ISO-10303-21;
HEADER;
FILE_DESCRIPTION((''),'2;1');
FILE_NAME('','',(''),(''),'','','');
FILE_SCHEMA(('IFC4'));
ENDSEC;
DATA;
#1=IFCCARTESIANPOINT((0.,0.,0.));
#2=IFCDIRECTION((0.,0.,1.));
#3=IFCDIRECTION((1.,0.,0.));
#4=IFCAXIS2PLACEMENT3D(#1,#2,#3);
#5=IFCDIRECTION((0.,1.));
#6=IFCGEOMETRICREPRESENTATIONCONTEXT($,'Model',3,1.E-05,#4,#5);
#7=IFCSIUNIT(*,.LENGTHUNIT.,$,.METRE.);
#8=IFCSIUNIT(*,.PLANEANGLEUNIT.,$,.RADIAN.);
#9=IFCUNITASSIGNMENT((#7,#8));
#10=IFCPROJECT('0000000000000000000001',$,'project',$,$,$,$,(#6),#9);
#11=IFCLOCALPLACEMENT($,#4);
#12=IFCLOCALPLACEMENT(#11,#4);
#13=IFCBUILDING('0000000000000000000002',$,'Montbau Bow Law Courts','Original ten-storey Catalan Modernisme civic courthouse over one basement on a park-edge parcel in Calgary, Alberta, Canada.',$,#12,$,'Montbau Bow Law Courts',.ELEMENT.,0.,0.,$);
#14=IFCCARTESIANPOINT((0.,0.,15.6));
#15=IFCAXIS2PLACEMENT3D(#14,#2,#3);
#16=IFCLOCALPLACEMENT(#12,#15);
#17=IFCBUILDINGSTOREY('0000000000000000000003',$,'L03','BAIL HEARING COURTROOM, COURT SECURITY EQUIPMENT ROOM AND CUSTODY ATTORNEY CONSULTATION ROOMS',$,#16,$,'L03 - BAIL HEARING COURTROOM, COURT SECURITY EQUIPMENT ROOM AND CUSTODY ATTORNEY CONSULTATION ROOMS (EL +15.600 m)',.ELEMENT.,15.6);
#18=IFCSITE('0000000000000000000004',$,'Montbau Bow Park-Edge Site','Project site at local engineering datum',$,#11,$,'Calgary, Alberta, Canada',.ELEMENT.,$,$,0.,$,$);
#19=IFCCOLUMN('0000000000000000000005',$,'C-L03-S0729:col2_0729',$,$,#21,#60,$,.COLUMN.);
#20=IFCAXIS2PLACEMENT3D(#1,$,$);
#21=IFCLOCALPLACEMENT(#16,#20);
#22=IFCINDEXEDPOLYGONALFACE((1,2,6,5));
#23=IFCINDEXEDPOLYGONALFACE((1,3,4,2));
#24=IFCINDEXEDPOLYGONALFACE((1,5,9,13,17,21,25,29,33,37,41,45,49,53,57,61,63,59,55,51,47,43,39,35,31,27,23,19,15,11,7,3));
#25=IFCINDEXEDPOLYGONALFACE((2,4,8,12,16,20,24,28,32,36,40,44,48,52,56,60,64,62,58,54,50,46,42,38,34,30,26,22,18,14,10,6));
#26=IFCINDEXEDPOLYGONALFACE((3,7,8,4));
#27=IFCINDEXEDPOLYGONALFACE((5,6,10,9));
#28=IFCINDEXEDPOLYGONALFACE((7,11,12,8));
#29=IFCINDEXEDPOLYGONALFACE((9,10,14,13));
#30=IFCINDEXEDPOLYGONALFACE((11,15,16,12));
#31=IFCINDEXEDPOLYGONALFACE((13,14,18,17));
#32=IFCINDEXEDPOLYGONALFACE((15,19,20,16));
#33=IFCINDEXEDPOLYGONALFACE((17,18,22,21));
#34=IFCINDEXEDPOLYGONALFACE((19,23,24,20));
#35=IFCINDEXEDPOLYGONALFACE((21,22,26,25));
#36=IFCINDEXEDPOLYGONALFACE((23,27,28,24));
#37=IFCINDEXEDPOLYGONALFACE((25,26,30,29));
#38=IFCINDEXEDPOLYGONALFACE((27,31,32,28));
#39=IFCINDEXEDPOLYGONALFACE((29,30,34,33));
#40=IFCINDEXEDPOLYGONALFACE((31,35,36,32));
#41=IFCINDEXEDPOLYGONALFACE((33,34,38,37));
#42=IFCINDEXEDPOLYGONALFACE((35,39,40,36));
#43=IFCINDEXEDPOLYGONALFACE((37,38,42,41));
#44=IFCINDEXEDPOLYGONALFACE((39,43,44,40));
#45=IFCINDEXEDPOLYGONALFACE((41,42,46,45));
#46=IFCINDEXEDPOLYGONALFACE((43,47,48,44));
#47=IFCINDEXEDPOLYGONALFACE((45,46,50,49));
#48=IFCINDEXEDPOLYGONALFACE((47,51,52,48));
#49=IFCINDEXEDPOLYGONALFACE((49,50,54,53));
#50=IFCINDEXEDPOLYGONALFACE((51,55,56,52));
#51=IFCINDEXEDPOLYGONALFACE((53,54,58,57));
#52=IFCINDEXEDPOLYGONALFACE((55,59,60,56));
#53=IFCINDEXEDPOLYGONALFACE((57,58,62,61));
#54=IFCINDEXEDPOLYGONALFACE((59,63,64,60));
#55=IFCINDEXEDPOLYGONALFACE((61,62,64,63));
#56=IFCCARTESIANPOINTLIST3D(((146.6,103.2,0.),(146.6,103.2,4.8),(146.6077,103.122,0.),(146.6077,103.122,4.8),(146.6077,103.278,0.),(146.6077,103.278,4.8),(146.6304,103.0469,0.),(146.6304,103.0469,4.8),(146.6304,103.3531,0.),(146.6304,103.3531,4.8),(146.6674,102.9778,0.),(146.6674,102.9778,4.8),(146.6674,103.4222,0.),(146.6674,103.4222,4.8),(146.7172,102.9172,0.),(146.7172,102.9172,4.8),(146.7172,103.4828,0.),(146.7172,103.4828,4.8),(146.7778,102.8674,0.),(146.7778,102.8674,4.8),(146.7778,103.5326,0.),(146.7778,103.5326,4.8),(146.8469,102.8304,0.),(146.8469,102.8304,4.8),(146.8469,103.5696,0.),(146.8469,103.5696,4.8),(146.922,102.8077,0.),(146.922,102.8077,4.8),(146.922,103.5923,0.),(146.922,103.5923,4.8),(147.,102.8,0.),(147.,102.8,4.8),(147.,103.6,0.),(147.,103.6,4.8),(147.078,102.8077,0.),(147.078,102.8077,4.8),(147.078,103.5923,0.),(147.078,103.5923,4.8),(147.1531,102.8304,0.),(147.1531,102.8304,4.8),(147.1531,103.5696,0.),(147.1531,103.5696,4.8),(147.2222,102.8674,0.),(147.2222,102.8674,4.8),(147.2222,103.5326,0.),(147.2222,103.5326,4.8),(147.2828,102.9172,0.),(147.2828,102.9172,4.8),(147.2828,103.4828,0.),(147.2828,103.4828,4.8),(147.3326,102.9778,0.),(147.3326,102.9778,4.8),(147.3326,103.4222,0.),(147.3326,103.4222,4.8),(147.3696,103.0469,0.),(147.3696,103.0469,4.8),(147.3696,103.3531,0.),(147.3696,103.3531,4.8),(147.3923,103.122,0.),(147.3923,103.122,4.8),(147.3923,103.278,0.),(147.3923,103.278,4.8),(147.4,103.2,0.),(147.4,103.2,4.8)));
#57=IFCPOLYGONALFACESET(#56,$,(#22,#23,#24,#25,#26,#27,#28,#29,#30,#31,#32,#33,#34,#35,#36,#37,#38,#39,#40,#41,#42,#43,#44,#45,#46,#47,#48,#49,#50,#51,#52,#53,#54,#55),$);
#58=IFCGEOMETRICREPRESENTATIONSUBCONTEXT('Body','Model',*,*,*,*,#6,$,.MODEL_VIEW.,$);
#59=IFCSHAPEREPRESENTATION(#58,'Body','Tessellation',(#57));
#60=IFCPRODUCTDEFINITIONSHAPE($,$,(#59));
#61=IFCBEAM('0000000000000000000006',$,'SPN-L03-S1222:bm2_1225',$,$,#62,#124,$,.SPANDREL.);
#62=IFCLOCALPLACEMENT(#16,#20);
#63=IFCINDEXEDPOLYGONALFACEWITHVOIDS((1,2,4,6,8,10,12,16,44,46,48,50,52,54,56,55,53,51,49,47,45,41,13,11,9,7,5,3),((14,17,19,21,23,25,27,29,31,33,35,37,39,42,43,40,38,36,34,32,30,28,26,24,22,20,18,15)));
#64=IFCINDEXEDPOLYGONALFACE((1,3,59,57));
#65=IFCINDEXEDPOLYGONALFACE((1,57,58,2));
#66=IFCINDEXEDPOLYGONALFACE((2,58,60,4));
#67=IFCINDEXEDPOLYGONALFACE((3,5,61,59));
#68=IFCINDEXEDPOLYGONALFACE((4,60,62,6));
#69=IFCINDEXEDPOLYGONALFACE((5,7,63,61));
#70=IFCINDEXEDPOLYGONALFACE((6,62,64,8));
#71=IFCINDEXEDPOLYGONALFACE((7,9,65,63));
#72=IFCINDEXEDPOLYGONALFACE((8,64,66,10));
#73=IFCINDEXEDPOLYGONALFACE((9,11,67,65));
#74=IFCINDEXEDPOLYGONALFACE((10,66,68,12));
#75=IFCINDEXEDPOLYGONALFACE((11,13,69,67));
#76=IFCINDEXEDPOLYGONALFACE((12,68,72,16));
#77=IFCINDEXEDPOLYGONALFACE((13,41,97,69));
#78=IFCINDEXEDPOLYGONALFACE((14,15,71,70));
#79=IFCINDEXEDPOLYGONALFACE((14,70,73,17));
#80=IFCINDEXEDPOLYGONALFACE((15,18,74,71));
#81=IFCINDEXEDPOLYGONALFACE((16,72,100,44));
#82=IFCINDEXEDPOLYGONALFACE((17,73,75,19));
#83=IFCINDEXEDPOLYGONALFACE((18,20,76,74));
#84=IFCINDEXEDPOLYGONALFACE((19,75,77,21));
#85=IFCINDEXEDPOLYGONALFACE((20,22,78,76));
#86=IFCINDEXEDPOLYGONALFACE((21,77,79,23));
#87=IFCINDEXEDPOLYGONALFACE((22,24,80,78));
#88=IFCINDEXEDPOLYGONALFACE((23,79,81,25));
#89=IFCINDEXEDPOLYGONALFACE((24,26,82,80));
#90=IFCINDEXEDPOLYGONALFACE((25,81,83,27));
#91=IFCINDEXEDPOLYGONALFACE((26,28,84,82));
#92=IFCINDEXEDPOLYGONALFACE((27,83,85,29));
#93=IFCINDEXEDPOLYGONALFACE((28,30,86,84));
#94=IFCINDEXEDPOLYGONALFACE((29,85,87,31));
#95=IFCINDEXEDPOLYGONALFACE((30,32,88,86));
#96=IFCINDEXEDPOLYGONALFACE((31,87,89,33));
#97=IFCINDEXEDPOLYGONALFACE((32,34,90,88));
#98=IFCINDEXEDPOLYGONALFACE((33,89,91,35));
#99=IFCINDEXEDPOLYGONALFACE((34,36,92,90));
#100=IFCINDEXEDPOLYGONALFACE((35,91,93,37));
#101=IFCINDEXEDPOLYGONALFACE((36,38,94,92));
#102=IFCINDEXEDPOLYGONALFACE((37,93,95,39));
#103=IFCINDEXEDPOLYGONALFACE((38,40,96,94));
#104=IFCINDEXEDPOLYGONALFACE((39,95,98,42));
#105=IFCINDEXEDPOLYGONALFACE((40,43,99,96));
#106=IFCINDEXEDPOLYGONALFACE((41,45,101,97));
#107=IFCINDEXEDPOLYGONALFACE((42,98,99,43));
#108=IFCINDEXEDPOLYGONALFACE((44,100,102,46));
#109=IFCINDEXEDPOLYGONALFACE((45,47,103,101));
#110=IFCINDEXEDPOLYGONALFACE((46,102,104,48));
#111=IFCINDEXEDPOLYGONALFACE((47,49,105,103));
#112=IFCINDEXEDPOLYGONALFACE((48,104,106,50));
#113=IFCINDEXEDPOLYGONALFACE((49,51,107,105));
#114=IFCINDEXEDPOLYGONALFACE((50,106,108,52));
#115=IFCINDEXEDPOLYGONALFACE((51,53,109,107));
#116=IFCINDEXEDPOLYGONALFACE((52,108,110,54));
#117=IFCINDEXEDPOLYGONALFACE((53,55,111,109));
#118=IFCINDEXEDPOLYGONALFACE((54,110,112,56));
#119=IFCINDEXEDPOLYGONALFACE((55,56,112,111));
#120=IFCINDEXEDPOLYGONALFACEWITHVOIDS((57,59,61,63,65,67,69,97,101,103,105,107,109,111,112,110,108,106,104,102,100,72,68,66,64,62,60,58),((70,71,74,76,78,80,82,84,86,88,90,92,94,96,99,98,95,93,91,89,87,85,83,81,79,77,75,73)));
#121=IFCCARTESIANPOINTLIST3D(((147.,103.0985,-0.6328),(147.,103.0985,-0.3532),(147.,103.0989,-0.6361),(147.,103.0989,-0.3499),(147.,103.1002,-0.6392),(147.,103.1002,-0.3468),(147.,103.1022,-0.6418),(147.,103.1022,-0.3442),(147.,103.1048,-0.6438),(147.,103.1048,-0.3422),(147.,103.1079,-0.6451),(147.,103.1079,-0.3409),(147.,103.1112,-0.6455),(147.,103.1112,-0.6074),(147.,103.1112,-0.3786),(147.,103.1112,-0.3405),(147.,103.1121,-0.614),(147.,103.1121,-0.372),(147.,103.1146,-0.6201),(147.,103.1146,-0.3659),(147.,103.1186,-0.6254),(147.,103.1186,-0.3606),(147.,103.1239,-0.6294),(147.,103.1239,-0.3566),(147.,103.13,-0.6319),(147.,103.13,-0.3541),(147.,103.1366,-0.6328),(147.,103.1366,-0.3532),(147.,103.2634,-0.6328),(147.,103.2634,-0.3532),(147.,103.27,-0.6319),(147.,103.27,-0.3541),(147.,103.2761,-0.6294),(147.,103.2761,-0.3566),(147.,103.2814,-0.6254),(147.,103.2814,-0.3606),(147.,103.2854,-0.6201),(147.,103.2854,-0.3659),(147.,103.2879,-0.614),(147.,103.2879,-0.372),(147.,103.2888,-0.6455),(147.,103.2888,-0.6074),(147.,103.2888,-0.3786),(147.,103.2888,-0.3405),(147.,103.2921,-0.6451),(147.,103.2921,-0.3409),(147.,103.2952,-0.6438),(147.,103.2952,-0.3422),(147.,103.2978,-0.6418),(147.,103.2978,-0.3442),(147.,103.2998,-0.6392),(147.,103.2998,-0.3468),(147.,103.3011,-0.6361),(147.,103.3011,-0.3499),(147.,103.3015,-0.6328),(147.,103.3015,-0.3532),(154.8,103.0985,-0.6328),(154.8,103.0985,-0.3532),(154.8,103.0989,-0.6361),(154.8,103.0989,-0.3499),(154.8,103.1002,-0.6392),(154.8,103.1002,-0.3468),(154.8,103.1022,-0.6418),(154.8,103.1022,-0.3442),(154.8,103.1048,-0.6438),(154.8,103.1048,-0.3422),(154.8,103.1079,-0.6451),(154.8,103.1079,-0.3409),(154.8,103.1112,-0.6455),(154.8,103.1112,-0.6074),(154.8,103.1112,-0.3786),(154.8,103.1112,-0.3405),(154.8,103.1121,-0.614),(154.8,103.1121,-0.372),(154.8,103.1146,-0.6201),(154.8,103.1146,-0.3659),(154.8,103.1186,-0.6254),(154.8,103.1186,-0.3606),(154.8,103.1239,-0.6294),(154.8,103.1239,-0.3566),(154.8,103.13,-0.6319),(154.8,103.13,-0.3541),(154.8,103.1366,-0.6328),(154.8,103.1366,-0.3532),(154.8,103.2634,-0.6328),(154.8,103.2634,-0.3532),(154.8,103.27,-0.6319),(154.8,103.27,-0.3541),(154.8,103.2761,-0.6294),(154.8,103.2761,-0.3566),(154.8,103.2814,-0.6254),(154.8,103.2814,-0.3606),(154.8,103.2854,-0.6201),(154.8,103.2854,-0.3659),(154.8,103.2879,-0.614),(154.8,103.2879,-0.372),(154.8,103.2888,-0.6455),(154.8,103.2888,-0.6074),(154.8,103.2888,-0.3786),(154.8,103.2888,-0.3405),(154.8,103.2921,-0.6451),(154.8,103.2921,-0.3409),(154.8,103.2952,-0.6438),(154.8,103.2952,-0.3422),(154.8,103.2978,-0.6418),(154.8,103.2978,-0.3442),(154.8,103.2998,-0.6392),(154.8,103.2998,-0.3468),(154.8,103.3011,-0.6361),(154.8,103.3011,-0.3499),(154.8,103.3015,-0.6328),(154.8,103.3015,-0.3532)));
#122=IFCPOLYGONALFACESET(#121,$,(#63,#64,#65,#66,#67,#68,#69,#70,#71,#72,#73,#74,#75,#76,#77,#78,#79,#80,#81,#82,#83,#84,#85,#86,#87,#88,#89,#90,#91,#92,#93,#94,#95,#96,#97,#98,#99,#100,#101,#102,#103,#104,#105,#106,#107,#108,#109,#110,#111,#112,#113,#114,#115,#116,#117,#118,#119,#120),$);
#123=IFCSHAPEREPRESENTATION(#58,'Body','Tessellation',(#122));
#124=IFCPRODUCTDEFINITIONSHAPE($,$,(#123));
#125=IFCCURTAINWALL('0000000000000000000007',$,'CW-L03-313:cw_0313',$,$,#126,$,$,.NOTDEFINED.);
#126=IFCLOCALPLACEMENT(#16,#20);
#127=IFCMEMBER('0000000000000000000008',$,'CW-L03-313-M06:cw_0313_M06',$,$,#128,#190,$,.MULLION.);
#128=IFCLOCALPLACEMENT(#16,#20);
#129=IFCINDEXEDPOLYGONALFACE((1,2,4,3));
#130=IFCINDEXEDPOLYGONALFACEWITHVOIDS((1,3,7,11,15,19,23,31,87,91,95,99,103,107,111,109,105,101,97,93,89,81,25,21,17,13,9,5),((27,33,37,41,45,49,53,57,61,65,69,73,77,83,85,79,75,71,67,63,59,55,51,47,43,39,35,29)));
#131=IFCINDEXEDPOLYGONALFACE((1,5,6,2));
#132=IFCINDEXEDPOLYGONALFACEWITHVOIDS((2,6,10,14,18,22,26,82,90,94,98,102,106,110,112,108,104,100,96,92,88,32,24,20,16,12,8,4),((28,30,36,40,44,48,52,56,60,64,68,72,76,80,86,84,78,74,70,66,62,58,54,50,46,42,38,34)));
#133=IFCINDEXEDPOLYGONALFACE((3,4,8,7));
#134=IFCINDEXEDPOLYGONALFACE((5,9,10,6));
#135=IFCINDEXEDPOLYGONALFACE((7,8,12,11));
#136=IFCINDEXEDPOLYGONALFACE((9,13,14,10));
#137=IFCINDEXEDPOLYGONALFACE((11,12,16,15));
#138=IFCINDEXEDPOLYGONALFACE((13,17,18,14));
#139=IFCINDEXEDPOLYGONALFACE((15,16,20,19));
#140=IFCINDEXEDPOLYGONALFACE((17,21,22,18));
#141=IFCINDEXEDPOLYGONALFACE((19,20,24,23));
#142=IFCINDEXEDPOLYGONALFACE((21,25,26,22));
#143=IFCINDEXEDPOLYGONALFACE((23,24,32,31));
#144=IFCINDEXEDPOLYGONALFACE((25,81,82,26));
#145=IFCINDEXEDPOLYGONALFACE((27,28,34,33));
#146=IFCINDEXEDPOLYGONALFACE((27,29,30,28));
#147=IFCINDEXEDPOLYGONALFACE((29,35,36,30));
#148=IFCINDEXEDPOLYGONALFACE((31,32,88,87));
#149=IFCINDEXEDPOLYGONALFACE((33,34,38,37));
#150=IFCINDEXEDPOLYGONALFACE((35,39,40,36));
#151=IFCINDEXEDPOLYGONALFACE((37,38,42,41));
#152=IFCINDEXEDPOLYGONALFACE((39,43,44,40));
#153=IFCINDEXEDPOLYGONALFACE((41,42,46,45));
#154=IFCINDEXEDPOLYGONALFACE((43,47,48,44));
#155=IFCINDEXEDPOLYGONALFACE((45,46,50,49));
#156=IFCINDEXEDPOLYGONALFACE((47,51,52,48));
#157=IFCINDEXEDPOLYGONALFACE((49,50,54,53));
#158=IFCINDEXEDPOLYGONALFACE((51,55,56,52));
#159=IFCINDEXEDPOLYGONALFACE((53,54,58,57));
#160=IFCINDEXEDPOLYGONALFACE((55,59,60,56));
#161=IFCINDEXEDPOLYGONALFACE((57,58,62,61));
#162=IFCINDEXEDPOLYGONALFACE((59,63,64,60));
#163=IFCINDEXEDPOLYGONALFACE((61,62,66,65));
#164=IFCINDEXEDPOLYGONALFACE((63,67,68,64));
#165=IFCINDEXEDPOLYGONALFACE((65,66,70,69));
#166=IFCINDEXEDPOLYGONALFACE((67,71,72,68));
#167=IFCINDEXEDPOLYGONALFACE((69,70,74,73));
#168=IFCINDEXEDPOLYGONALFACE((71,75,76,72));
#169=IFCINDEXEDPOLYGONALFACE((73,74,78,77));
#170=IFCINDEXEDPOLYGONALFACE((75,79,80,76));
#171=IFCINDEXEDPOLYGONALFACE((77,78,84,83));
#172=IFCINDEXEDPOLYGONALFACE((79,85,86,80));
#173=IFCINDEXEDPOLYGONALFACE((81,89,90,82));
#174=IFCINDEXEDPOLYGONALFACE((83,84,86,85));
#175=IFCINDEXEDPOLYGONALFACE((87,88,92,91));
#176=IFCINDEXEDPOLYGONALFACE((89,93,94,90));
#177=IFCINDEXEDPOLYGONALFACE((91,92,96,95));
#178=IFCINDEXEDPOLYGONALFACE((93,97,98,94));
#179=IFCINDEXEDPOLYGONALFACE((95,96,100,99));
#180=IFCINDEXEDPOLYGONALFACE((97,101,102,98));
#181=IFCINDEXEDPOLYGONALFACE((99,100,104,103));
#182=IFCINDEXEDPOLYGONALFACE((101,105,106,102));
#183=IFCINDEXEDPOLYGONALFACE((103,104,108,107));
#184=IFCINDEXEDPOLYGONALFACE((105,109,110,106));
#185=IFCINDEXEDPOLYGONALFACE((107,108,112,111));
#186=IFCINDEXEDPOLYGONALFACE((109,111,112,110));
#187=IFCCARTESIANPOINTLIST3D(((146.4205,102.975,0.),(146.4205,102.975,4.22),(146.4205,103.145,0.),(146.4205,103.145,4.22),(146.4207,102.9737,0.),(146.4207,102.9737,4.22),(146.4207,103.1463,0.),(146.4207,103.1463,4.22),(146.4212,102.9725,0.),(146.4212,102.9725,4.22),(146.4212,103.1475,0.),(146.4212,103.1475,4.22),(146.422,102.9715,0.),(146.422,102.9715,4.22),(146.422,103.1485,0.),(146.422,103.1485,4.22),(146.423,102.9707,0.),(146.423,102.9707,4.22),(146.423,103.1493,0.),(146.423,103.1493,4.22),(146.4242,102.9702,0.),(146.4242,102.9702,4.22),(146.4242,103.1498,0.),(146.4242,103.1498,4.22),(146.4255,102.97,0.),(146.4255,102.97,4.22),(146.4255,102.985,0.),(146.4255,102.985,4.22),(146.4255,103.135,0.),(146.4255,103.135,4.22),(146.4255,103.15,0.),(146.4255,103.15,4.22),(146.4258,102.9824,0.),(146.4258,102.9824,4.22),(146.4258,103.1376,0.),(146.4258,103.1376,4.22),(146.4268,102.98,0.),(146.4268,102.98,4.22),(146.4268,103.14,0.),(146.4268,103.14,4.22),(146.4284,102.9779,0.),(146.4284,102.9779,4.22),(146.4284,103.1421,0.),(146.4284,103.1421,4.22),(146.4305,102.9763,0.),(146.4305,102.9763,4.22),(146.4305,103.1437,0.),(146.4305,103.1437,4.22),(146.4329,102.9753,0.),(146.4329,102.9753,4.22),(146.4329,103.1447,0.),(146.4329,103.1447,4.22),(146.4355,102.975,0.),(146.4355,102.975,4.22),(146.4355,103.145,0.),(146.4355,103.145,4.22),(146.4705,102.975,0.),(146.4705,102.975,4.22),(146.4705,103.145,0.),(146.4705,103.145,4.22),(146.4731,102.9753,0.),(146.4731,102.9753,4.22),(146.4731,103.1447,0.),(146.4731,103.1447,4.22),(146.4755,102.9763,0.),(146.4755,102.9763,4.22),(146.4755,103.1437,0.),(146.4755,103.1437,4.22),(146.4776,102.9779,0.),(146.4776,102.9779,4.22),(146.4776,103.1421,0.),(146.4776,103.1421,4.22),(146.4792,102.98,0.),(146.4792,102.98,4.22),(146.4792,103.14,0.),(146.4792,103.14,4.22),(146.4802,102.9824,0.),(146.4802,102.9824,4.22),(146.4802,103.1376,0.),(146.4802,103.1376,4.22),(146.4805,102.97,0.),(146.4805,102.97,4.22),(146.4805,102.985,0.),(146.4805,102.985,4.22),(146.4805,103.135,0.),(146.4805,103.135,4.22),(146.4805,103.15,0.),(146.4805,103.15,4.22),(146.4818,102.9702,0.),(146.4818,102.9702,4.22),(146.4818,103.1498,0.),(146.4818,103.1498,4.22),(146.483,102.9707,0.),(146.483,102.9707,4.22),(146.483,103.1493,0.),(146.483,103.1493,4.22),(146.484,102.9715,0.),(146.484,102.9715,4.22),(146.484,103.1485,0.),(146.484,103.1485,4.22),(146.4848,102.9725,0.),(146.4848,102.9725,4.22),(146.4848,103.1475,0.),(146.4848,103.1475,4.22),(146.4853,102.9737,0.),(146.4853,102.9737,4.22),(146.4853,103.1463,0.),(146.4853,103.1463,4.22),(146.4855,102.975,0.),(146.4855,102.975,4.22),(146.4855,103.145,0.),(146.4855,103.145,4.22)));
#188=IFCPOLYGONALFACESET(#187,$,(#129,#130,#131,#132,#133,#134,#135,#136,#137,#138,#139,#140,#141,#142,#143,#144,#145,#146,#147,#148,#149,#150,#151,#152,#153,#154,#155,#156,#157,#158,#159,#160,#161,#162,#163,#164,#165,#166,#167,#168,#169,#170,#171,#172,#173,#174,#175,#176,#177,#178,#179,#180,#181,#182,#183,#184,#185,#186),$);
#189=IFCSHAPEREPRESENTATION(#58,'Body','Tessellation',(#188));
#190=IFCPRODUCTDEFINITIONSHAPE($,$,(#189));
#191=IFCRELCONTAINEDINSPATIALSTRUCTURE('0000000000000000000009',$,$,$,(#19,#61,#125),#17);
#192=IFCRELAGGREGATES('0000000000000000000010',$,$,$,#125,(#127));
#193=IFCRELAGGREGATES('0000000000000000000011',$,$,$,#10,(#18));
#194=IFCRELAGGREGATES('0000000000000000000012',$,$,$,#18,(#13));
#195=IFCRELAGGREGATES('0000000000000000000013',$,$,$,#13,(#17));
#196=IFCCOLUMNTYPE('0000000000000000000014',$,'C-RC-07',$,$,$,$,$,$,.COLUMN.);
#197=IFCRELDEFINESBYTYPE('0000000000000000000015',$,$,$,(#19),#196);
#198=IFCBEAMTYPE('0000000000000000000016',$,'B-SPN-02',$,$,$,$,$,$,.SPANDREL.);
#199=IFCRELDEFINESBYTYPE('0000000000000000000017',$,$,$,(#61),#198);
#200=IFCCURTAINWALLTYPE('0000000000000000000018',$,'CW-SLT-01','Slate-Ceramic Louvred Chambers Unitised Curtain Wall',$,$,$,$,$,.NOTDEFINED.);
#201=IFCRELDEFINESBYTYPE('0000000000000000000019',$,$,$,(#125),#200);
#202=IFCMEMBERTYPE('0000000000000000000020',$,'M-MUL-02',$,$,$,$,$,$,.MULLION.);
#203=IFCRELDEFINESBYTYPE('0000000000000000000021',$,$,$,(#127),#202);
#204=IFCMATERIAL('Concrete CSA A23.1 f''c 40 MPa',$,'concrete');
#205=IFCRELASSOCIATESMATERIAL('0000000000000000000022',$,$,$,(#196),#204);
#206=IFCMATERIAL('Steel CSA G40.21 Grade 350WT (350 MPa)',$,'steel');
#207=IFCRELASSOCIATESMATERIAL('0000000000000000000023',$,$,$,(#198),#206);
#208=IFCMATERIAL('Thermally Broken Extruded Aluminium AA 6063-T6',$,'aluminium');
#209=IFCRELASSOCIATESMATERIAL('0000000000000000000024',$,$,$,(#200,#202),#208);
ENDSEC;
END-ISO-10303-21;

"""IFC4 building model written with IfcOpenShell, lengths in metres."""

from ifc_helpers import new_model, si_unit, direction, frame, origin_with_axes, origin_2d_with_axis, place, context, subcontext, project, spatial, hollow_rectangle, circle, extrude, material, material_profile, profile_set, type_object, element, aggregate, save


model = new_model("IFC4")

# Units and contexts
model_context = context("Model", 3, precision=1e-05, world=origin_with_axes(), true_north=direction((0.0, 1.0)))
body_context = subcontext(model_context, "Body", "Model", "MODEL_VIEW")
ifc_project = project(units=[si_unit("LENGTHUNIT", "METRE"), si_unit("PLANEANGLEUNIT", "RADIAN")], contexts=[model_context])

# Site, building, storey
site_placement = place(None, origin_with_axes())
site = spatial("IfcSite", under=ifc_project, at=site_placement, Name="Montbau Bow Park-Edge Site", Description="Project site at local engineering datum", LongName="Calgary, Alberta, Canada", CompositionType="ELEMENT", RefElevation=0.0)
building_placement = place(site_placement, origin_with_axes())
building = spatial("IfcBuilding", under=site, at=building_placement, Name="Montbau Bow Law Courts", Description="Original ten-storey Catalan Modernisme civic courthouse over one basement on a park-edge parcel in Calgary, Alberta, Canada.", LongName="Montbau Bow Law Courts", CompositionType="ELEMENT", ElevationOfRefHeight=0.0, ElevationOfTerrain=0.0)
storey_placement = place(building_placement, frame((0.0, 0.0, 15.6), z_axis=(0.0, 0.0, 1.0), x_axis=(1.0, 0.0, 0.0)))
storey = spatial("IfcBuildingStorey", under=building, at=storey_placement, Name="L03", Description="BAIL HEARING COURTROOM, COURT SECURITY EQUIPMENT ROOM AND CUSTODY ATTORNEY CONSULTATION ROOMS", LongName="L03 - BAIL HEARING COURTROOM, COURT SECURITY EQUIPMENT ROOM AND CUSTODY ATTORNEY CONSULTATION ROOMS (EL +15.600 m)", CompositionType="ELEMENT", Elevation=15.6)

# Column
ifc_material_1 = material(Name="Concrete CSA A23.1 f'c 40 MPa", Category="concrete")
ifc_material_profile_1 = material_profile(ifc_material_1, circle(Radius=0.4, at=origin_2d_with_axis()), Name="RC800D", Category="Main", Priority=0)
ifc_profile_set_1 = profile_set([ifc_material_profile_1], Name="Concrete CSA A23.1 f'c 40 MPa")
column_type = type_object("IfcColumnType", Name="C-RC-07", PredefinedType="COLUMN", material=ifc_profile_set_1)
column_placement = place(None, frame((147.0, 103.2, 15.6), z_axis=(0.0, 0.0, 1.0), x_axis=(1.0, 0.0, 0.0)))
element("IfcColumn", 1, at=column_placement, inside=storey, type_object=column_type, Name="C-L03-S0729:col2_0729", PredefinedType="COLUMN", context=body_context, shape_type="SweptSolid", body=[
    extrude(circle(Radius=0.4, at=origin_2d_with_axis()), origin_with_axes(), (0.0, 0.0, 1.0), 4.8),
])

# Beam
ifc_material_2 = material(Name="Steel CSA G40.21 Grade 350WT (350 MPa)", Category="steel")
ifc_material_profile_2 = material_profile(ifc_material_2, hollow_rectangle(XDim=0.203, YDim=0.305, WallThickness=0.0127, InnerFilletRadius=0.0254, OuterFilletRadius=0.0127, at=origin_2d_with_axis()), Name="HSS305X203X13", Category="Main", Priority=0)
ifc_profile_set_2 = profile_set([ifc_material_profile_2], Name="Steel CSA G40.21 Grade 350WT (350 MPa)")
beam_type = type_object("IfcBeamType", Name="B-SPN-02", PredefinedType="SPANDREL", material=ifc_profile_set_2)
beam_placement = place(None, frame((147.0, 103.2, 15.107), z_axis=(1.0, 0.0, 0.0), x_axis=(0.0, 1.0, 0.0)))
element("IfcBeam", 2, at=beam_placement, inside=storey, type_object=beam_type, Name="SPN-L03-S1222:bm2_1225", PredefinedType="SPANDREL", context=body_context, shape_type="SweptSolid", body=[
    extrude(hollow_rectangle(XDim=0.203, YDim=0.305, WallThickness=0.0127, InnerFilletRadius=0.0254, OuterFilletRadius=0.0127, at=origin_2d_with_axis()), origin_with_axes(), (0.0, 0.0, 1.0), 7.8),
])

# Curtain wall, member
ifc_material_3 = material(Name="Thermally Broken Extruded Aluminium AA 6063-T6", Category="aluminium")
curtain_wall_type = type_object("IfcCurtainWallType", Name="CW-SLT-01", Description="Slate-Ceramic Louvred Chambers Unitised Curtain Wall", PredefinedType="NOTDEFINED", material=ifc_material_3)
curtain_wall_placement = place(None, frame((139.115, 103.06, 15.6), z_axis=(0.0, 0.0, 1.0), x_axis=(1.0, 0.0, 0.0)))
curtain_wall = element("IfcCurtainWall", 3, at=curtain_wall_placement, inside=storey, type_object=curtain_wall_type, Name="CW-L03-313:cw_0313", PredefinedType="NOTDEFINED")
ifc_material_profile_3 = material_profile(ifc_material_3, hollow_rectangle(XDim=0.065, YDim=0.18, WallThickness=0.005, InnerFilletRadius=0.01, OuterFilletRadius=0.005, at=origin_2d_with_axis()), Name="CWM-180X65", Category="Main", Priority=0)
ifc_profile_set_3 = profile_set([ifc_material_profile_3], Name="Thermally Broken Extruded Aluminium AA 6063-T6")
member_type_1 = type_object("IfcMemberType", Name="M-MUL-02", PredefinedType="MULLION", material=ifc_profile_set_3)
member_1_placement = place(None, frame((146.453, 103.06, 15.6), z_axis=(0.0, 0.0, 1.0), x_axis=(1.0, 0.0, 0.0)))
member_1 = element("IfcMember", 4, at=member_1_placement, type_object=member_type_1, Name="CW-L03-313-M06:cw_0313_M06", PredefinedType="MULLION", context=body_context, shape_type="SweptSolid", body=[
    extrude(hollow_rectangle(XDim=0.065, YDim=0.18, WallThickness=0.005, InnerFilletRadius=0.01, OuterFilletRadius=0.005, at=origin_2d_with_axis()), origin_with_axes(), (0.0, 0.0, 1.0), 4.22),
])
aggregate(curtain_wall, [member_1])

save(model, "model.ifc")
